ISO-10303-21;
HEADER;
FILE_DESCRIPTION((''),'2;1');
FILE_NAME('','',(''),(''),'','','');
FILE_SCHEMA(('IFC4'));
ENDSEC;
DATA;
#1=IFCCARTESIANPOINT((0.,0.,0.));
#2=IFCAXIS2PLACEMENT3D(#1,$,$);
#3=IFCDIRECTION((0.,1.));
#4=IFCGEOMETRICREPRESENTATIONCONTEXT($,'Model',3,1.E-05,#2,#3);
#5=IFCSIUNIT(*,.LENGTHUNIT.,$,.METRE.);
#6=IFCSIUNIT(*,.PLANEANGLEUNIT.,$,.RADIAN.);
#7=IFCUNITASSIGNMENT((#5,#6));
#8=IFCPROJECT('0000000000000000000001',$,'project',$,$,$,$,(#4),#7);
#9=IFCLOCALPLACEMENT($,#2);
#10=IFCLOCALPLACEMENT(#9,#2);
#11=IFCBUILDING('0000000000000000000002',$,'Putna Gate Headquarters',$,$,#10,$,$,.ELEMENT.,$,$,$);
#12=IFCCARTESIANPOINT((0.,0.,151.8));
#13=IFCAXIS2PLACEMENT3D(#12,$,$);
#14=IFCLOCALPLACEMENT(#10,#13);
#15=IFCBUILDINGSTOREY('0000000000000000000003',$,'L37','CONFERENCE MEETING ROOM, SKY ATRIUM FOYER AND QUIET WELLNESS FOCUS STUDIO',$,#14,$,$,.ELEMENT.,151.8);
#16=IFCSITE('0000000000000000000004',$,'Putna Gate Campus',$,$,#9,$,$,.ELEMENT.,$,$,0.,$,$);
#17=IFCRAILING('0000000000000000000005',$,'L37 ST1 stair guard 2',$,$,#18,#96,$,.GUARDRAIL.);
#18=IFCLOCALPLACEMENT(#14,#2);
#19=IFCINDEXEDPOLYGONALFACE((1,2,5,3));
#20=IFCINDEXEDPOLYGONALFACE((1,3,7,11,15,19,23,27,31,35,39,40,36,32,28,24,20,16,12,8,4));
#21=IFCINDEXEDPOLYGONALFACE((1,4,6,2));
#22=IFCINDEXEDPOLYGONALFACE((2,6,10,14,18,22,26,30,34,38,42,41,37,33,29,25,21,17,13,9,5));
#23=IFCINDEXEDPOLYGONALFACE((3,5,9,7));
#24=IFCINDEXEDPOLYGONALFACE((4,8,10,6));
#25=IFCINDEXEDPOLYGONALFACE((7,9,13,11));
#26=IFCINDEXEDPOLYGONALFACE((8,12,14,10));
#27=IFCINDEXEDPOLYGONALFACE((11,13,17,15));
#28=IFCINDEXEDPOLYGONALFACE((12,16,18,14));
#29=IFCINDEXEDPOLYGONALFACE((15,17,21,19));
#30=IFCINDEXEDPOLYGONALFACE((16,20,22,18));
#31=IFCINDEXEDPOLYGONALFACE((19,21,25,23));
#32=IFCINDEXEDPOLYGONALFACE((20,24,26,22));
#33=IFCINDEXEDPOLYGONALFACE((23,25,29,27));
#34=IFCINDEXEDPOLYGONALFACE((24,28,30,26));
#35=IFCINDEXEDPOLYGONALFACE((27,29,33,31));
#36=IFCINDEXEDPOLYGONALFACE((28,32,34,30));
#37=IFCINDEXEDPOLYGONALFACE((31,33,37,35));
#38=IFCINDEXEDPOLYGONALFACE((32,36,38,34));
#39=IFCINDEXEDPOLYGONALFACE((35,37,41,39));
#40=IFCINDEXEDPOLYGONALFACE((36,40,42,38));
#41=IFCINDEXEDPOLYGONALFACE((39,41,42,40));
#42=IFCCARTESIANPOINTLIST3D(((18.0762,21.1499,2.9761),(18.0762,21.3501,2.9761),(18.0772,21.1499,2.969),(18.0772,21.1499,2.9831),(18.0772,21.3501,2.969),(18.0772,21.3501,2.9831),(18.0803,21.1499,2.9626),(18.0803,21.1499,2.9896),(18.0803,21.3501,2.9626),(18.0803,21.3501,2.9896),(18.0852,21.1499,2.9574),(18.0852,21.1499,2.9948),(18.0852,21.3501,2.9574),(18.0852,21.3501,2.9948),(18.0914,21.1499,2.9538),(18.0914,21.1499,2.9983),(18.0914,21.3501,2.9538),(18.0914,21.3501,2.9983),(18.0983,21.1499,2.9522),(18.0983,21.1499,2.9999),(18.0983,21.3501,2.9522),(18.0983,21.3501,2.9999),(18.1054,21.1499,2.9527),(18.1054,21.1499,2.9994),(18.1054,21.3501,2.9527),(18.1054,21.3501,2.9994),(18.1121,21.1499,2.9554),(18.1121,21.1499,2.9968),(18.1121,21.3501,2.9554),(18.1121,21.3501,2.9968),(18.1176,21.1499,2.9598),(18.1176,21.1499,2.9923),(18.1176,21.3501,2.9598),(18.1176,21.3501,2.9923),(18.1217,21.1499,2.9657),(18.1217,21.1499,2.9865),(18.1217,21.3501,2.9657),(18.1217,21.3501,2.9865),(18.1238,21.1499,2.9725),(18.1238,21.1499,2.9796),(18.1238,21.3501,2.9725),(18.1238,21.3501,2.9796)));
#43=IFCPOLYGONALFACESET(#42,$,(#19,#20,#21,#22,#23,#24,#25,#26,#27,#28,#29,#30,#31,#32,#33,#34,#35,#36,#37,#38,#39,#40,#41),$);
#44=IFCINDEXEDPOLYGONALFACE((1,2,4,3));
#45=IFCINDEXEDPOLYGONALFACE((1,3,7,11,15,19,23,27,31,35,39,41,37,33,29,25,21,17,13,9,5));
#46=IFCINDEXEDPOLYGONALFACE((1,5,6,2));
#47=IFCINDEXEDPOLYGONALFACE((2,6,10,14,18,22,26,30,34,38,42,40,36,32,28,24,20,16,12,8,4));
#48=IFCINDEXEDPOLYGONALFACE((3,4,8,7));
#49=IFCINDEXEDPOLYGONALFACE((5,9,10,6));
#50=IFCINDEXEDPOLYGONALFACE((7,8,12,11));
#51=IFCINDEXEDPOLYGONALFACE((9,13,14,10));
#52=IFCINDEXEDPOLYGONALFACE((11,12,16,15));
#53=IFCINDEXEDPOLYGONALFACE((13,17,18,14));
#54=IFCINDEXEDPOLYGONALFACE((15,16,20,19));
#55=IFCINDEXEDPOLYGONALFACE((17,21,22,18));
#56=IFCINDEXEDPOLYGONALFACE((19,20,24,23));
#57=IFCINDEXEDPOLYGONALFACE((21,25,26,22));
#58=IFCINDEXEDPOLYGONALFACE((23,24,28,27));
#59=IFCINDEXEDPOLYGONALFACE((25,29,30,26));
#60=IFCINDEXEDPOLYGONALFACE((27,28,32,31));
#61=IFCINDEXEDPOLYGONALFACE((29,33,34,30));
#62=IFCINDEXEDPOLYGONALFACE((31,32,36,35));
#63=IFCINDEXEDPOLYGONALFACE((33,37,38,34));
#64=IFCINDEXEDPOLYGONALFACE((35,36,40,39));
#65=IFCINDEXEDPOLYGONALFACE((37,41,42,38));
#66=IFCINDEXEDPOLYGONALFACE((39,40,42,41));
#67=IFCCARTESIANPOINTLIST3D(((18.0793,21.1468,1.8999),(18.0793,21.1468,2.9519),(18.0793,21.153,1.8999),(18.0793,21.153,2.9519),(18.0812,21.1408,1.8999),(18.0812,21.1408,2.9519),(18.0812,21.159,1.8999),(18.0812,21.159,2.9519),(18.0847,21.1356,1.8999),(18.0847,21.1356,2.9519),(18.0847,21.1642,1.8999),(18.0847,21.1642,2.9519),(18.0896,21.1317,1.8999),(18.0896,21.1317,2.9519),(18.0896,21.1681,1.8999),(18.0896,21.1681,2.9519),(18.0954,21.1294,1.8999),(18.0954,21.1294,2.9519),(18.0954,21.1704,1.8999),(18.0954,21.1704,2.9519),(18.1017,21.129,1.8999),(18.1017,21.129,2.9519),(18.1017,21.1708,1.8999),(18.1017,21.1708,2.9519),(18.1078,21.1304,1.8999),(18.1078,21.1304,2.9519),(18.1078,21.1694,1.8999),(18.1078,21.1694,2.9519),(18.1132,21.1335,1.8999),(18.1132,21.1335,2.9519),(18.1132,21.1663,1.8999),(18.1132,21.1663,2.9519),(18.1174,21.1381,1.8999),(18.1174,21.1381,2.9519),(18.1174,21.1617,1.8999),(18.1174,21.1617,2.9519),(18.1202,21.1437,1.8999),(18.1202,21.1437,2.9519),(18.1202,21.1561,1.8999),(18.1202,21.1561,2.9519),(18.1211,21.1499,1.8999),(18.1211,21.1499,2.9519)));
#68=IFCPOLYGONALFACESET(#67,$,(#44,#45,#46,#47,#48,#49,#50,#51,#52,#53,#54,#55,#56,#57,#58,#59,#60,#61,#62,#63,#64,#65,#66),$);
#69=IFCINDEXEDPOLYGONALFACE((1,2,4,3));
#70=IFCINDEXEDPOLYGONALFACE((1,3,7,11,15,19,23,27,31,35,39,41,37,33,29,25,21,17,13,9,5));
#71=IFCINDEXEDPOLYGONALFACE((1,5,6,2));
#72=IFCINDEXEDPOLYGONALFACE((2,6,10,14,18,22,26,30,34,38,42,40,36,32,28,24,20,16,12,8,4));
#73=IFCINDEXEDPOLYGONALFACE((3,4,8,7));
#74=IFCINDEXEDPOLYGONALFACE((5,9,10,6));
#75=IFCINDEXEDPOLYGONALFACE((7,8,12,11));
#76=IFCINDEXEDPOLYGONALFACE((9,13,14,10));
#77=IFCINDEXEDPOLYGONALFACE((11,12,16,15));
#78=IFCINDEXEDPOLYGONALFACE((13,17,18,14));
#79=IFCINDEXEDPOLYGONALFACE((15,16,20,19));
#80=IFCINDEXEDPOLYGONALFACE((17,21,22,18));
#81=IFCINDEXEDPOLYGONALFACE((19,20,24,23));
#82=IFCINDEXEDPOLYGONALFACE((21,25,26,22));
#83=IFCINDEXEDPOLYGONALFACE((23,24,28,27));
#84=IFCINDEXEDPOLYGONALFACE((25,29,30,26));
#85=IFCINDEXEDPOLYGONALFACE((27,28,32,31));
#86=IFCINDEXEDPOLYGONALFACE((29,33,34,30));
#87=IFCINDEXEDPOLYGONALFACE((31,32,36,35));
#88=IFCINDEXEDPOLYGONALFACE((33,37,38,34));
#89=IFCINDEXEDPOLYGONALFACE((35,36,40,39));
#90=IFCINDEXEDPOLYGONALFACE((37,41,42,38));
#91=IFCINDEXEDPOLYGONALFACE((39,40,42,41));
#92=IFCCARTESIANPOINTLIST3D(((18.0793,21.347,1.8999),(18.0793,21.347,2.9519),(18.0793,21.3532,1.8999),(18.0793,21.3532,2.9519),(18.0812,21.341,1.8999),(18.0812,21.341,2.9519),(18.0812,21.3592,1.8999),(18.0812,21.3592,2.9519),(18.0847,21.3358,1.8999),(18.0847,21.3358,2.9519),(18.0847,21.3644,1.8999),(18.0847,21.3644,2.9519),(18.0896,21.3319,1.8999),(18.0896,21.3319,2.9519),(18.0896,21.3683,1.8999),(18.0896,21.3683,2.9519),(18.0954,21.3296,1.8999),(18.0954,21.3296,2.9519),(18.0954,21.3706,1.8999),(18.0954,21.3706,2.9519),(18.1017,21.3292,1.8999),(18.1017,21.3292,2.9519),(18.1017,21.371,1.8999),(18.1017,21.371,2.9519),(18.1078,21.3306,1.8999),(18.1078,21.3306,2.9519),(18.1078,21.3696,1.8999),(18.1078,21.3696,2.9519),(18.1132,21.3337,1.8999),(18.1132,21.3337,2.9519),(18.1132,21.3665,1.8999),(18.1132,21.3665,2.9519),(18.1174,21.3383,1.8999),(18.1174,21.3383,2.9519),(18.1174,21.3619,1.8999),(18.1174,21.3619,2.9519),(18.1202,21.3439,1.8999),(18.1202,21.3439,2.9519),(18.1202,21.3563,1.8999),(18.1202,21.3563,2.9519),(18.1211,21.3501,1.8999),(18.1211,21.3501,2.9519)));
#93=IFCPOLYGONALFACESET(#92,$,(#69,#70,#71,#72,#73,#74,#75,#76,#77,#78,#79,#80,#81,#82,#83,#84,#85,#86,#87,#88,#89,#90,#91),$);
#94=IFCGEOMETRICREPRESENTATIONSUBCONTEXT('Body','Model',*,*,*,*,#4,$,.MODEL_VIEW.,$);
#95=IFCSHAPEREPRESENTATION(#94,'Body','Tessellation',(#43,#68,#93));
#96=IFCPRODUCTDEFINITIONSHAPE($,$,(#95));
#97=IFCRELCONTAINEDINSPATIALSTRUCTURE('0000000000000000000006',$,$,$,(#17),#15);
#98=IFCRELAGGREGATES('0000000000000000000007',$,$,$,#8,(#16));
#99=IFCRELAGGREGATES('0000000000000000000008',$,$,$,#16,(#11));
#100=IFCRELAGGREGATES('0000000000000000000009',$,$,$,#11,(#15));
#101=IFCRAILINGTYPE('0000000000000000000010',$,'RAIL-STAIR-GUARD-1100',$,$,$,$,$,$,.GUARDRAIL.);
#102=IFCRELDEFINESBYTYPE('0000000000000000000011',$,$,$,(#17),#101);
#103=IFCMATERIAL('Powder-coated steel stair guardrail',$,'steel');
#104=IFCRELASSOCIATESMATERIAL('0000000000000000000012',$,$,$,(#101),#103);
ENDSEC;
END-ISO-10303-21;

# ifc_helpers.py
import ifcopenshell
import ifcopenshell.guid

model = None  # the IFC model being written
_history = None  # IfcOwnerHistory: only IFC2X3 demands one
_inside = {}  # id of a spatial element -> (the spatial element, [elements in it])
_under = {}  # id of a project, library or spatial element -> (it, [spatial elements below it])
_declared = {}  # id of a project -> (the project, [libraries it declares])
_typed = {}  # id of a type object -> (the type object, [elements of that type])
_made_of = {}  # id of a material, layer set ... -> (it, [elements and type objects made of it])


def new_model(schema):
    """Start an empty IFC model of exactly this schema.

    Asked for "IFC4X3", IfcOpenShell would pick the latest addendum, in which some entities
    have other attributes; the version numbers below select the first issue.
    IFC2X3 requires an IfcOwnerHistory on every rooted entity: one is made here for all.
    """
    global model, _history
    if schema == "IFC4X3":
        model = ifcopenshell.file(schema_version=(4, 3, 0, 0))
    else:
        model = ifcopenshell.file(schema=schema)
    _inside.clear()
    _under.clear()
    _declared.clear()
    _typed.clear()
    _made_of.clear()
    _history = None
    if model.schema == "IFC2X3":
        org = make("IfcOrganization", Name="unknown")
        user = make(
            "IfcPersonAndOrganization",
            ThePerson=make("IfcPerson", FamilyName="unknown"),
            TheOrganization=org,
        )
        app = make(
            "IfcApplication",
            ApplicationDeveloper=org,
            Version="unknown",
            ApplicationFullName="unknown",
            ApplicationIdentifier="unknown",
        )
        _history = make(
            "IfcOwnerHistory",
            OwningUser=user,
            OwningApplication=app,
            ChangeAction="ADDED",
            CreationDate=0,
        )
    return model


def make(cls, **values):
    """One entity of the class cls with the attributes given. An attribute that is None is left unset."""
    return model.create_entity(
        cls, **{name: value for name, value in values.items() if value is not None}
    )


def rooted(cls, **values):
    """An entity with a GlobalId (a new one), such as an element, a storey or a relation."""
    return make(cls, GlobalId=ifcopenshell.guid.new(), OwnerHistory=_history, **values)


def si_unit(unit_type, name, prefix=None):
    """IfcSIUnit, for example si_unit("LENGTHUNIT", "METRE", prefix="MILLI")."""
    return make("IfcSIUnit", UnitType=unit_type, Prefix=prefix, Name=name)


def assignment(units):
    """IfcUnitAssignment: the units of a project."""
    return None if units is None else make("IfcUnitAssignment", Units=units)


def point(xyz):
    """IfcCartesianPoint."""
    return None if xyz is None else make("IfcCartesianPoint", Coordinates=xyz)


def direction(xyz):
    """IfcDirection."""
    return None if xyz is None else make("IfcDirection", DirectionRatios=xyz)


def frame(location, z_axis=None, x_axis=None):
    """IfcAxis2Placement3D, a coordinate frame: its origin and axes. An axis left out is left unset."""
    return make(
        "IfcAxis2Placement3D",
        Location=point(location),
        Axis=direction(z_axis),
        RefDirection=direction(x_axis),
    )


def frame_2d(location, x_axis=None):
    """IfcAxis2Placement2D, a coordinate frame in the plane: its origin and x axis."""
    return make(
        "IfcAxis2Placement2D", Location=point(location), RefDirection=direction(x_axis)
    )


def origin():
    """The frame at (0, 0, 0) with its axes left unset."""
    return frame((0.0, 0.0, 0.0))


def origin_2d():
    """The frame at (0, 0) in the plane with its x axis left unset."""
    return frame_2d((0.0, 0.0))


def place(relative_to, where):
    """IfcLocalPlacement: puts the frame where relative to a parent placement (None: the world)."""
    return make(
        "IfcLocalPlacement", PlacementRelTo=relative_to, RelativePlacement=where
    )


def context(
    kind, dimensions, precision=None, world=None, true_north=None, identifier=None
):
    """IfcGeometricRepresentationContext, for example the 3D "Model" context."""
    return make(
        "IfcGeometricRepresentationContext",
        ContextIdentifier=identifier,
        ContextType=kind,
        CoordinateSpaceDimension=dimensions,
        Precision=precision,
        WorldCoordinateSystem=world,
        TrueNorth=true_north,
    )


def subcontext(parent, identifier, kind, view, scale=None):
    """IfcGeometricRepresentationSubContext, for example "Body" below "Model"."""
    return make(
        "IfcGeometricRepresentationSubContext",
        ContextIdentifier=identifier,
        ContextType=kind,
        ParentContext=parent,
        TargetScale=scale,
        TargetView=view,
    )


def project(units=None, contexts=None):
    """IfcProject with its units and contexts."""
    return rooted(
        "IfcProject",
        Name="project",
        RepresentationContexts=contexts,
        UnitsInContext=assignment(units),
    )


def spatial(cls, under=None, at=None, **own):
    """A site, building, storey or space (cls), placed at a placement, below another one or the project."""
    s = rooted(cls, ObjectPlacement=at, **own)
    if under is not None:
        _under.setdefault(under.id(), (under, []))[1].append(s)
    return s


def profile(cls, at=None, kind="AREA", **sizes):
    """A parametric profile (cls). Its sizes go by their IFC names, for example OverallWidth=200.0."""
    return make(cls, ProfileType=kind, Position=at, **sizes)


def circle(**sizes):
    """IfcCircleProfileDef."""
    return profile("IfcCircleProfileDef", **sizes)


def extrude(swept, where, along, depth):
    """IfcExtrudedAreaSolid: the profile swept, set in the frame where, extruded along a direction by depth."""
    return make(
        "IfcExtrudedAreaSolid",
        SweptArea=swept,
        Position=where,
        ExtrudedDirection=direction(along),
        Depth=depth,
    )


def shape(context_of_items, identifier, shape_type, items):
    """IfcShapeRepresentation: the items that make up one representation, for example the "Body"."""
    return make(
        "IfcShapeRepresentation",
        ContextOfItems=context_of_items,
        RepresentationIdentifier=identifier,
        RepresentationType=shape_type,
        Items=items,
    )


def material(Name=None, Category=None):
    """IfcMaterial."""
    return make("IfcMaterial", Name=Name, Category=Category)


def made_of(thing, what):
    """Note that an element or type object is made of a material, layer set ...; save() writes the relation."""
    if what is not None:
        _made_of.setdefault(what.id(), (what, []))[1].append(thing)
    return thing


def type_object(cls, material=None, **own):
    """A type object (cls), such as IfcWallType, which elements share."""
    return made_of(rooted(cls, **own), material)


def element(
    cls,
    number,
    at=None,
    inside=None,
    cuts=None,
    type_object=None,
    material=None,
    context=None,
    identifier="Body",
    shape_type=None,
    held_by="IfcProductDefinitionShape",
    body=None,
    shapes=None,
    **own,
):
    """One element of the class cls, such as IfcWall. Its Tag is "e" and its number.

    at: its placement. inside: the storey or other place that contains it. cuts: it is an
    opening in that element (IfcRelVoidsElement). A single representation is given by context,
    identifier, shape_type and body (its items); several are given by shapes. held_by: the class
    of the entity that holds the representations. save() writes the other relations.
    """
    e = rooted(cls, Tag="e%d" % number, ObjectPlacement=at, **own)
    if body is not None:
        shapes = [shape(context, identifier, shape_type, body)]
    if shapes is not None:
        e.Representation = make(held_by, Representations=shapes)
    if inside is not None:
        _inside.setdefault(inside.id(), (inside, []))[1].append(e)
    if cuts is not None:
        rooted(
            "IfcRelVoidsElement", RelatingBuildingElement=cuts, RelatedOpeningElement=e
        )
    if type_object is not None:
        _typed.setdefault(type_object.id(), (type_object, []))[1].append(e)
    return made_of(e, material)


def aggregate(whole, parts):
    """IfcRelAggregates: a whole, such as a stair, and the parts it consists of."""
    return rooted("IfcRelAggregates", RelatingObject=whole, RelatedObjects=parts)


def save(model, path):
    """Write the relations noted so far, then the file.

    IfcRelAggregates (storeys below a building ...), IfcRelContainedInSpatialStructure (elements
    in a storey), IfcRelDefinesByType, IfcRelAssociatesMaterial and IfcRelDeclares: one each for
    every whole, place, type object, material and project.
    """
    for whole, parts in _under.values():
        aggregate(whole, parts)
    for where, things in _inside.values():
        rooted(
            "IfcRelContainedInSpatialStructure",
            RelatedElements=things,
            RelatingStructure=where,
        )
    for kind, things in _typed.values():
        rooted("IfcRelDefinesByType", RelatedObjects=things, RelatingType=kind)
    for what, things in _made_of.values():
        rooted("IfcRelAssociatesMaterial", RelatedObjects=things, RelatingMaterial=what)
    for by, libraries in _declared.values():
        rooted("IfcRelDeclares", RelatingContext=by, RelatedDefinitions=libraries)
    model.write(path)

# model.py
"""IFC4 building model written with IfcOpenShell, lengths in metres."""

from ifc_helpers import new_model, si_unit, direction, frame, origin, origin_2d, place, context, subcontext, project, spatial, circle, extrude, material, type_object, element, save


model = new_model("IFC4")

# Units and contexts
model_context = context("Model", 3, precision=1e-05, world=origin(), true_north=direction((0.0, 1.0)))
body_context = subcontext(model_context, "Body", "Model", "MODEL_VIEW")
ifc_project = project(units=[si_unit("LENGTHUNIT", "METRE"), si_unit("PLANEANGLEUNIT", "RADIAN")], contexts=[model_context])

# Site, building, storey
site_placement = place(None, origin())
site = spatial("IfcSite", under=ifc_project, at=site_placement, Name="Putna Gate Campus", CompositionType="ELEMENT", RefElevation=0.0)
building_placement = place(site_placement, origin())
building = spatial("IfcBuilding", under=site, at=building_placement, Name="Putna Gate Headquarters", CompositionType="ELEMENT")
storey_placement = place(building_placement, frame((0.0, 0.0, 151.8)))
storey = spatial("IfcBuildingStorey", under=building, at=storey_placement, Name="L37", Description="CONFERENCE MEETING ROOM, SKY ATRIUM FOYER AND QUIET WELLNESS FOCUS STUDIO", CompositionType="ELEMENT", Elevation=151.8)

# Railing
ifc_material_1 = material(Name="Powder-coated steel stair guardrail", Category="steel")
railing_type_1 = type_object("IfcRailingType", Name="RAIL-STAIR-GUARD-1100", PredefinedType="GUARDRAIL", material=ifc_material_1)
railing_1_placement = place(storey_placement, frame((18.1001, 21.1499, 1.8999)))
element("IfcRailing", 1, at=railing_1_placement, inside=storey, type_object=railing_type_1, Name="L37 ST1 stair guard 2", PredefinedType="GUARDRAIL", context=body_context, shape_type="SweptSolid", body=[
    extrude(circle(Radius=0.0239, at=origin_2d()), frame((0.0, 0.0, 1.0762), z_axis=(0.0, 1.0, 0.0), x_axis=(-1.0, 0.0, 0.0)), (0.0, 0.0, 1.0), 0.2002),
    extrude(circle(Radius=0.021, at=origin_2d()), origin(), (0.0, 0.0, 1.0), 1.052),
    extrude(circle(Radius=0.021, at=origin_2d()), frame((0.0, 0.2002, 0.0)), (0.0, 0.0, 1.0), 1.052),
])

save(model, "model.ifc")
